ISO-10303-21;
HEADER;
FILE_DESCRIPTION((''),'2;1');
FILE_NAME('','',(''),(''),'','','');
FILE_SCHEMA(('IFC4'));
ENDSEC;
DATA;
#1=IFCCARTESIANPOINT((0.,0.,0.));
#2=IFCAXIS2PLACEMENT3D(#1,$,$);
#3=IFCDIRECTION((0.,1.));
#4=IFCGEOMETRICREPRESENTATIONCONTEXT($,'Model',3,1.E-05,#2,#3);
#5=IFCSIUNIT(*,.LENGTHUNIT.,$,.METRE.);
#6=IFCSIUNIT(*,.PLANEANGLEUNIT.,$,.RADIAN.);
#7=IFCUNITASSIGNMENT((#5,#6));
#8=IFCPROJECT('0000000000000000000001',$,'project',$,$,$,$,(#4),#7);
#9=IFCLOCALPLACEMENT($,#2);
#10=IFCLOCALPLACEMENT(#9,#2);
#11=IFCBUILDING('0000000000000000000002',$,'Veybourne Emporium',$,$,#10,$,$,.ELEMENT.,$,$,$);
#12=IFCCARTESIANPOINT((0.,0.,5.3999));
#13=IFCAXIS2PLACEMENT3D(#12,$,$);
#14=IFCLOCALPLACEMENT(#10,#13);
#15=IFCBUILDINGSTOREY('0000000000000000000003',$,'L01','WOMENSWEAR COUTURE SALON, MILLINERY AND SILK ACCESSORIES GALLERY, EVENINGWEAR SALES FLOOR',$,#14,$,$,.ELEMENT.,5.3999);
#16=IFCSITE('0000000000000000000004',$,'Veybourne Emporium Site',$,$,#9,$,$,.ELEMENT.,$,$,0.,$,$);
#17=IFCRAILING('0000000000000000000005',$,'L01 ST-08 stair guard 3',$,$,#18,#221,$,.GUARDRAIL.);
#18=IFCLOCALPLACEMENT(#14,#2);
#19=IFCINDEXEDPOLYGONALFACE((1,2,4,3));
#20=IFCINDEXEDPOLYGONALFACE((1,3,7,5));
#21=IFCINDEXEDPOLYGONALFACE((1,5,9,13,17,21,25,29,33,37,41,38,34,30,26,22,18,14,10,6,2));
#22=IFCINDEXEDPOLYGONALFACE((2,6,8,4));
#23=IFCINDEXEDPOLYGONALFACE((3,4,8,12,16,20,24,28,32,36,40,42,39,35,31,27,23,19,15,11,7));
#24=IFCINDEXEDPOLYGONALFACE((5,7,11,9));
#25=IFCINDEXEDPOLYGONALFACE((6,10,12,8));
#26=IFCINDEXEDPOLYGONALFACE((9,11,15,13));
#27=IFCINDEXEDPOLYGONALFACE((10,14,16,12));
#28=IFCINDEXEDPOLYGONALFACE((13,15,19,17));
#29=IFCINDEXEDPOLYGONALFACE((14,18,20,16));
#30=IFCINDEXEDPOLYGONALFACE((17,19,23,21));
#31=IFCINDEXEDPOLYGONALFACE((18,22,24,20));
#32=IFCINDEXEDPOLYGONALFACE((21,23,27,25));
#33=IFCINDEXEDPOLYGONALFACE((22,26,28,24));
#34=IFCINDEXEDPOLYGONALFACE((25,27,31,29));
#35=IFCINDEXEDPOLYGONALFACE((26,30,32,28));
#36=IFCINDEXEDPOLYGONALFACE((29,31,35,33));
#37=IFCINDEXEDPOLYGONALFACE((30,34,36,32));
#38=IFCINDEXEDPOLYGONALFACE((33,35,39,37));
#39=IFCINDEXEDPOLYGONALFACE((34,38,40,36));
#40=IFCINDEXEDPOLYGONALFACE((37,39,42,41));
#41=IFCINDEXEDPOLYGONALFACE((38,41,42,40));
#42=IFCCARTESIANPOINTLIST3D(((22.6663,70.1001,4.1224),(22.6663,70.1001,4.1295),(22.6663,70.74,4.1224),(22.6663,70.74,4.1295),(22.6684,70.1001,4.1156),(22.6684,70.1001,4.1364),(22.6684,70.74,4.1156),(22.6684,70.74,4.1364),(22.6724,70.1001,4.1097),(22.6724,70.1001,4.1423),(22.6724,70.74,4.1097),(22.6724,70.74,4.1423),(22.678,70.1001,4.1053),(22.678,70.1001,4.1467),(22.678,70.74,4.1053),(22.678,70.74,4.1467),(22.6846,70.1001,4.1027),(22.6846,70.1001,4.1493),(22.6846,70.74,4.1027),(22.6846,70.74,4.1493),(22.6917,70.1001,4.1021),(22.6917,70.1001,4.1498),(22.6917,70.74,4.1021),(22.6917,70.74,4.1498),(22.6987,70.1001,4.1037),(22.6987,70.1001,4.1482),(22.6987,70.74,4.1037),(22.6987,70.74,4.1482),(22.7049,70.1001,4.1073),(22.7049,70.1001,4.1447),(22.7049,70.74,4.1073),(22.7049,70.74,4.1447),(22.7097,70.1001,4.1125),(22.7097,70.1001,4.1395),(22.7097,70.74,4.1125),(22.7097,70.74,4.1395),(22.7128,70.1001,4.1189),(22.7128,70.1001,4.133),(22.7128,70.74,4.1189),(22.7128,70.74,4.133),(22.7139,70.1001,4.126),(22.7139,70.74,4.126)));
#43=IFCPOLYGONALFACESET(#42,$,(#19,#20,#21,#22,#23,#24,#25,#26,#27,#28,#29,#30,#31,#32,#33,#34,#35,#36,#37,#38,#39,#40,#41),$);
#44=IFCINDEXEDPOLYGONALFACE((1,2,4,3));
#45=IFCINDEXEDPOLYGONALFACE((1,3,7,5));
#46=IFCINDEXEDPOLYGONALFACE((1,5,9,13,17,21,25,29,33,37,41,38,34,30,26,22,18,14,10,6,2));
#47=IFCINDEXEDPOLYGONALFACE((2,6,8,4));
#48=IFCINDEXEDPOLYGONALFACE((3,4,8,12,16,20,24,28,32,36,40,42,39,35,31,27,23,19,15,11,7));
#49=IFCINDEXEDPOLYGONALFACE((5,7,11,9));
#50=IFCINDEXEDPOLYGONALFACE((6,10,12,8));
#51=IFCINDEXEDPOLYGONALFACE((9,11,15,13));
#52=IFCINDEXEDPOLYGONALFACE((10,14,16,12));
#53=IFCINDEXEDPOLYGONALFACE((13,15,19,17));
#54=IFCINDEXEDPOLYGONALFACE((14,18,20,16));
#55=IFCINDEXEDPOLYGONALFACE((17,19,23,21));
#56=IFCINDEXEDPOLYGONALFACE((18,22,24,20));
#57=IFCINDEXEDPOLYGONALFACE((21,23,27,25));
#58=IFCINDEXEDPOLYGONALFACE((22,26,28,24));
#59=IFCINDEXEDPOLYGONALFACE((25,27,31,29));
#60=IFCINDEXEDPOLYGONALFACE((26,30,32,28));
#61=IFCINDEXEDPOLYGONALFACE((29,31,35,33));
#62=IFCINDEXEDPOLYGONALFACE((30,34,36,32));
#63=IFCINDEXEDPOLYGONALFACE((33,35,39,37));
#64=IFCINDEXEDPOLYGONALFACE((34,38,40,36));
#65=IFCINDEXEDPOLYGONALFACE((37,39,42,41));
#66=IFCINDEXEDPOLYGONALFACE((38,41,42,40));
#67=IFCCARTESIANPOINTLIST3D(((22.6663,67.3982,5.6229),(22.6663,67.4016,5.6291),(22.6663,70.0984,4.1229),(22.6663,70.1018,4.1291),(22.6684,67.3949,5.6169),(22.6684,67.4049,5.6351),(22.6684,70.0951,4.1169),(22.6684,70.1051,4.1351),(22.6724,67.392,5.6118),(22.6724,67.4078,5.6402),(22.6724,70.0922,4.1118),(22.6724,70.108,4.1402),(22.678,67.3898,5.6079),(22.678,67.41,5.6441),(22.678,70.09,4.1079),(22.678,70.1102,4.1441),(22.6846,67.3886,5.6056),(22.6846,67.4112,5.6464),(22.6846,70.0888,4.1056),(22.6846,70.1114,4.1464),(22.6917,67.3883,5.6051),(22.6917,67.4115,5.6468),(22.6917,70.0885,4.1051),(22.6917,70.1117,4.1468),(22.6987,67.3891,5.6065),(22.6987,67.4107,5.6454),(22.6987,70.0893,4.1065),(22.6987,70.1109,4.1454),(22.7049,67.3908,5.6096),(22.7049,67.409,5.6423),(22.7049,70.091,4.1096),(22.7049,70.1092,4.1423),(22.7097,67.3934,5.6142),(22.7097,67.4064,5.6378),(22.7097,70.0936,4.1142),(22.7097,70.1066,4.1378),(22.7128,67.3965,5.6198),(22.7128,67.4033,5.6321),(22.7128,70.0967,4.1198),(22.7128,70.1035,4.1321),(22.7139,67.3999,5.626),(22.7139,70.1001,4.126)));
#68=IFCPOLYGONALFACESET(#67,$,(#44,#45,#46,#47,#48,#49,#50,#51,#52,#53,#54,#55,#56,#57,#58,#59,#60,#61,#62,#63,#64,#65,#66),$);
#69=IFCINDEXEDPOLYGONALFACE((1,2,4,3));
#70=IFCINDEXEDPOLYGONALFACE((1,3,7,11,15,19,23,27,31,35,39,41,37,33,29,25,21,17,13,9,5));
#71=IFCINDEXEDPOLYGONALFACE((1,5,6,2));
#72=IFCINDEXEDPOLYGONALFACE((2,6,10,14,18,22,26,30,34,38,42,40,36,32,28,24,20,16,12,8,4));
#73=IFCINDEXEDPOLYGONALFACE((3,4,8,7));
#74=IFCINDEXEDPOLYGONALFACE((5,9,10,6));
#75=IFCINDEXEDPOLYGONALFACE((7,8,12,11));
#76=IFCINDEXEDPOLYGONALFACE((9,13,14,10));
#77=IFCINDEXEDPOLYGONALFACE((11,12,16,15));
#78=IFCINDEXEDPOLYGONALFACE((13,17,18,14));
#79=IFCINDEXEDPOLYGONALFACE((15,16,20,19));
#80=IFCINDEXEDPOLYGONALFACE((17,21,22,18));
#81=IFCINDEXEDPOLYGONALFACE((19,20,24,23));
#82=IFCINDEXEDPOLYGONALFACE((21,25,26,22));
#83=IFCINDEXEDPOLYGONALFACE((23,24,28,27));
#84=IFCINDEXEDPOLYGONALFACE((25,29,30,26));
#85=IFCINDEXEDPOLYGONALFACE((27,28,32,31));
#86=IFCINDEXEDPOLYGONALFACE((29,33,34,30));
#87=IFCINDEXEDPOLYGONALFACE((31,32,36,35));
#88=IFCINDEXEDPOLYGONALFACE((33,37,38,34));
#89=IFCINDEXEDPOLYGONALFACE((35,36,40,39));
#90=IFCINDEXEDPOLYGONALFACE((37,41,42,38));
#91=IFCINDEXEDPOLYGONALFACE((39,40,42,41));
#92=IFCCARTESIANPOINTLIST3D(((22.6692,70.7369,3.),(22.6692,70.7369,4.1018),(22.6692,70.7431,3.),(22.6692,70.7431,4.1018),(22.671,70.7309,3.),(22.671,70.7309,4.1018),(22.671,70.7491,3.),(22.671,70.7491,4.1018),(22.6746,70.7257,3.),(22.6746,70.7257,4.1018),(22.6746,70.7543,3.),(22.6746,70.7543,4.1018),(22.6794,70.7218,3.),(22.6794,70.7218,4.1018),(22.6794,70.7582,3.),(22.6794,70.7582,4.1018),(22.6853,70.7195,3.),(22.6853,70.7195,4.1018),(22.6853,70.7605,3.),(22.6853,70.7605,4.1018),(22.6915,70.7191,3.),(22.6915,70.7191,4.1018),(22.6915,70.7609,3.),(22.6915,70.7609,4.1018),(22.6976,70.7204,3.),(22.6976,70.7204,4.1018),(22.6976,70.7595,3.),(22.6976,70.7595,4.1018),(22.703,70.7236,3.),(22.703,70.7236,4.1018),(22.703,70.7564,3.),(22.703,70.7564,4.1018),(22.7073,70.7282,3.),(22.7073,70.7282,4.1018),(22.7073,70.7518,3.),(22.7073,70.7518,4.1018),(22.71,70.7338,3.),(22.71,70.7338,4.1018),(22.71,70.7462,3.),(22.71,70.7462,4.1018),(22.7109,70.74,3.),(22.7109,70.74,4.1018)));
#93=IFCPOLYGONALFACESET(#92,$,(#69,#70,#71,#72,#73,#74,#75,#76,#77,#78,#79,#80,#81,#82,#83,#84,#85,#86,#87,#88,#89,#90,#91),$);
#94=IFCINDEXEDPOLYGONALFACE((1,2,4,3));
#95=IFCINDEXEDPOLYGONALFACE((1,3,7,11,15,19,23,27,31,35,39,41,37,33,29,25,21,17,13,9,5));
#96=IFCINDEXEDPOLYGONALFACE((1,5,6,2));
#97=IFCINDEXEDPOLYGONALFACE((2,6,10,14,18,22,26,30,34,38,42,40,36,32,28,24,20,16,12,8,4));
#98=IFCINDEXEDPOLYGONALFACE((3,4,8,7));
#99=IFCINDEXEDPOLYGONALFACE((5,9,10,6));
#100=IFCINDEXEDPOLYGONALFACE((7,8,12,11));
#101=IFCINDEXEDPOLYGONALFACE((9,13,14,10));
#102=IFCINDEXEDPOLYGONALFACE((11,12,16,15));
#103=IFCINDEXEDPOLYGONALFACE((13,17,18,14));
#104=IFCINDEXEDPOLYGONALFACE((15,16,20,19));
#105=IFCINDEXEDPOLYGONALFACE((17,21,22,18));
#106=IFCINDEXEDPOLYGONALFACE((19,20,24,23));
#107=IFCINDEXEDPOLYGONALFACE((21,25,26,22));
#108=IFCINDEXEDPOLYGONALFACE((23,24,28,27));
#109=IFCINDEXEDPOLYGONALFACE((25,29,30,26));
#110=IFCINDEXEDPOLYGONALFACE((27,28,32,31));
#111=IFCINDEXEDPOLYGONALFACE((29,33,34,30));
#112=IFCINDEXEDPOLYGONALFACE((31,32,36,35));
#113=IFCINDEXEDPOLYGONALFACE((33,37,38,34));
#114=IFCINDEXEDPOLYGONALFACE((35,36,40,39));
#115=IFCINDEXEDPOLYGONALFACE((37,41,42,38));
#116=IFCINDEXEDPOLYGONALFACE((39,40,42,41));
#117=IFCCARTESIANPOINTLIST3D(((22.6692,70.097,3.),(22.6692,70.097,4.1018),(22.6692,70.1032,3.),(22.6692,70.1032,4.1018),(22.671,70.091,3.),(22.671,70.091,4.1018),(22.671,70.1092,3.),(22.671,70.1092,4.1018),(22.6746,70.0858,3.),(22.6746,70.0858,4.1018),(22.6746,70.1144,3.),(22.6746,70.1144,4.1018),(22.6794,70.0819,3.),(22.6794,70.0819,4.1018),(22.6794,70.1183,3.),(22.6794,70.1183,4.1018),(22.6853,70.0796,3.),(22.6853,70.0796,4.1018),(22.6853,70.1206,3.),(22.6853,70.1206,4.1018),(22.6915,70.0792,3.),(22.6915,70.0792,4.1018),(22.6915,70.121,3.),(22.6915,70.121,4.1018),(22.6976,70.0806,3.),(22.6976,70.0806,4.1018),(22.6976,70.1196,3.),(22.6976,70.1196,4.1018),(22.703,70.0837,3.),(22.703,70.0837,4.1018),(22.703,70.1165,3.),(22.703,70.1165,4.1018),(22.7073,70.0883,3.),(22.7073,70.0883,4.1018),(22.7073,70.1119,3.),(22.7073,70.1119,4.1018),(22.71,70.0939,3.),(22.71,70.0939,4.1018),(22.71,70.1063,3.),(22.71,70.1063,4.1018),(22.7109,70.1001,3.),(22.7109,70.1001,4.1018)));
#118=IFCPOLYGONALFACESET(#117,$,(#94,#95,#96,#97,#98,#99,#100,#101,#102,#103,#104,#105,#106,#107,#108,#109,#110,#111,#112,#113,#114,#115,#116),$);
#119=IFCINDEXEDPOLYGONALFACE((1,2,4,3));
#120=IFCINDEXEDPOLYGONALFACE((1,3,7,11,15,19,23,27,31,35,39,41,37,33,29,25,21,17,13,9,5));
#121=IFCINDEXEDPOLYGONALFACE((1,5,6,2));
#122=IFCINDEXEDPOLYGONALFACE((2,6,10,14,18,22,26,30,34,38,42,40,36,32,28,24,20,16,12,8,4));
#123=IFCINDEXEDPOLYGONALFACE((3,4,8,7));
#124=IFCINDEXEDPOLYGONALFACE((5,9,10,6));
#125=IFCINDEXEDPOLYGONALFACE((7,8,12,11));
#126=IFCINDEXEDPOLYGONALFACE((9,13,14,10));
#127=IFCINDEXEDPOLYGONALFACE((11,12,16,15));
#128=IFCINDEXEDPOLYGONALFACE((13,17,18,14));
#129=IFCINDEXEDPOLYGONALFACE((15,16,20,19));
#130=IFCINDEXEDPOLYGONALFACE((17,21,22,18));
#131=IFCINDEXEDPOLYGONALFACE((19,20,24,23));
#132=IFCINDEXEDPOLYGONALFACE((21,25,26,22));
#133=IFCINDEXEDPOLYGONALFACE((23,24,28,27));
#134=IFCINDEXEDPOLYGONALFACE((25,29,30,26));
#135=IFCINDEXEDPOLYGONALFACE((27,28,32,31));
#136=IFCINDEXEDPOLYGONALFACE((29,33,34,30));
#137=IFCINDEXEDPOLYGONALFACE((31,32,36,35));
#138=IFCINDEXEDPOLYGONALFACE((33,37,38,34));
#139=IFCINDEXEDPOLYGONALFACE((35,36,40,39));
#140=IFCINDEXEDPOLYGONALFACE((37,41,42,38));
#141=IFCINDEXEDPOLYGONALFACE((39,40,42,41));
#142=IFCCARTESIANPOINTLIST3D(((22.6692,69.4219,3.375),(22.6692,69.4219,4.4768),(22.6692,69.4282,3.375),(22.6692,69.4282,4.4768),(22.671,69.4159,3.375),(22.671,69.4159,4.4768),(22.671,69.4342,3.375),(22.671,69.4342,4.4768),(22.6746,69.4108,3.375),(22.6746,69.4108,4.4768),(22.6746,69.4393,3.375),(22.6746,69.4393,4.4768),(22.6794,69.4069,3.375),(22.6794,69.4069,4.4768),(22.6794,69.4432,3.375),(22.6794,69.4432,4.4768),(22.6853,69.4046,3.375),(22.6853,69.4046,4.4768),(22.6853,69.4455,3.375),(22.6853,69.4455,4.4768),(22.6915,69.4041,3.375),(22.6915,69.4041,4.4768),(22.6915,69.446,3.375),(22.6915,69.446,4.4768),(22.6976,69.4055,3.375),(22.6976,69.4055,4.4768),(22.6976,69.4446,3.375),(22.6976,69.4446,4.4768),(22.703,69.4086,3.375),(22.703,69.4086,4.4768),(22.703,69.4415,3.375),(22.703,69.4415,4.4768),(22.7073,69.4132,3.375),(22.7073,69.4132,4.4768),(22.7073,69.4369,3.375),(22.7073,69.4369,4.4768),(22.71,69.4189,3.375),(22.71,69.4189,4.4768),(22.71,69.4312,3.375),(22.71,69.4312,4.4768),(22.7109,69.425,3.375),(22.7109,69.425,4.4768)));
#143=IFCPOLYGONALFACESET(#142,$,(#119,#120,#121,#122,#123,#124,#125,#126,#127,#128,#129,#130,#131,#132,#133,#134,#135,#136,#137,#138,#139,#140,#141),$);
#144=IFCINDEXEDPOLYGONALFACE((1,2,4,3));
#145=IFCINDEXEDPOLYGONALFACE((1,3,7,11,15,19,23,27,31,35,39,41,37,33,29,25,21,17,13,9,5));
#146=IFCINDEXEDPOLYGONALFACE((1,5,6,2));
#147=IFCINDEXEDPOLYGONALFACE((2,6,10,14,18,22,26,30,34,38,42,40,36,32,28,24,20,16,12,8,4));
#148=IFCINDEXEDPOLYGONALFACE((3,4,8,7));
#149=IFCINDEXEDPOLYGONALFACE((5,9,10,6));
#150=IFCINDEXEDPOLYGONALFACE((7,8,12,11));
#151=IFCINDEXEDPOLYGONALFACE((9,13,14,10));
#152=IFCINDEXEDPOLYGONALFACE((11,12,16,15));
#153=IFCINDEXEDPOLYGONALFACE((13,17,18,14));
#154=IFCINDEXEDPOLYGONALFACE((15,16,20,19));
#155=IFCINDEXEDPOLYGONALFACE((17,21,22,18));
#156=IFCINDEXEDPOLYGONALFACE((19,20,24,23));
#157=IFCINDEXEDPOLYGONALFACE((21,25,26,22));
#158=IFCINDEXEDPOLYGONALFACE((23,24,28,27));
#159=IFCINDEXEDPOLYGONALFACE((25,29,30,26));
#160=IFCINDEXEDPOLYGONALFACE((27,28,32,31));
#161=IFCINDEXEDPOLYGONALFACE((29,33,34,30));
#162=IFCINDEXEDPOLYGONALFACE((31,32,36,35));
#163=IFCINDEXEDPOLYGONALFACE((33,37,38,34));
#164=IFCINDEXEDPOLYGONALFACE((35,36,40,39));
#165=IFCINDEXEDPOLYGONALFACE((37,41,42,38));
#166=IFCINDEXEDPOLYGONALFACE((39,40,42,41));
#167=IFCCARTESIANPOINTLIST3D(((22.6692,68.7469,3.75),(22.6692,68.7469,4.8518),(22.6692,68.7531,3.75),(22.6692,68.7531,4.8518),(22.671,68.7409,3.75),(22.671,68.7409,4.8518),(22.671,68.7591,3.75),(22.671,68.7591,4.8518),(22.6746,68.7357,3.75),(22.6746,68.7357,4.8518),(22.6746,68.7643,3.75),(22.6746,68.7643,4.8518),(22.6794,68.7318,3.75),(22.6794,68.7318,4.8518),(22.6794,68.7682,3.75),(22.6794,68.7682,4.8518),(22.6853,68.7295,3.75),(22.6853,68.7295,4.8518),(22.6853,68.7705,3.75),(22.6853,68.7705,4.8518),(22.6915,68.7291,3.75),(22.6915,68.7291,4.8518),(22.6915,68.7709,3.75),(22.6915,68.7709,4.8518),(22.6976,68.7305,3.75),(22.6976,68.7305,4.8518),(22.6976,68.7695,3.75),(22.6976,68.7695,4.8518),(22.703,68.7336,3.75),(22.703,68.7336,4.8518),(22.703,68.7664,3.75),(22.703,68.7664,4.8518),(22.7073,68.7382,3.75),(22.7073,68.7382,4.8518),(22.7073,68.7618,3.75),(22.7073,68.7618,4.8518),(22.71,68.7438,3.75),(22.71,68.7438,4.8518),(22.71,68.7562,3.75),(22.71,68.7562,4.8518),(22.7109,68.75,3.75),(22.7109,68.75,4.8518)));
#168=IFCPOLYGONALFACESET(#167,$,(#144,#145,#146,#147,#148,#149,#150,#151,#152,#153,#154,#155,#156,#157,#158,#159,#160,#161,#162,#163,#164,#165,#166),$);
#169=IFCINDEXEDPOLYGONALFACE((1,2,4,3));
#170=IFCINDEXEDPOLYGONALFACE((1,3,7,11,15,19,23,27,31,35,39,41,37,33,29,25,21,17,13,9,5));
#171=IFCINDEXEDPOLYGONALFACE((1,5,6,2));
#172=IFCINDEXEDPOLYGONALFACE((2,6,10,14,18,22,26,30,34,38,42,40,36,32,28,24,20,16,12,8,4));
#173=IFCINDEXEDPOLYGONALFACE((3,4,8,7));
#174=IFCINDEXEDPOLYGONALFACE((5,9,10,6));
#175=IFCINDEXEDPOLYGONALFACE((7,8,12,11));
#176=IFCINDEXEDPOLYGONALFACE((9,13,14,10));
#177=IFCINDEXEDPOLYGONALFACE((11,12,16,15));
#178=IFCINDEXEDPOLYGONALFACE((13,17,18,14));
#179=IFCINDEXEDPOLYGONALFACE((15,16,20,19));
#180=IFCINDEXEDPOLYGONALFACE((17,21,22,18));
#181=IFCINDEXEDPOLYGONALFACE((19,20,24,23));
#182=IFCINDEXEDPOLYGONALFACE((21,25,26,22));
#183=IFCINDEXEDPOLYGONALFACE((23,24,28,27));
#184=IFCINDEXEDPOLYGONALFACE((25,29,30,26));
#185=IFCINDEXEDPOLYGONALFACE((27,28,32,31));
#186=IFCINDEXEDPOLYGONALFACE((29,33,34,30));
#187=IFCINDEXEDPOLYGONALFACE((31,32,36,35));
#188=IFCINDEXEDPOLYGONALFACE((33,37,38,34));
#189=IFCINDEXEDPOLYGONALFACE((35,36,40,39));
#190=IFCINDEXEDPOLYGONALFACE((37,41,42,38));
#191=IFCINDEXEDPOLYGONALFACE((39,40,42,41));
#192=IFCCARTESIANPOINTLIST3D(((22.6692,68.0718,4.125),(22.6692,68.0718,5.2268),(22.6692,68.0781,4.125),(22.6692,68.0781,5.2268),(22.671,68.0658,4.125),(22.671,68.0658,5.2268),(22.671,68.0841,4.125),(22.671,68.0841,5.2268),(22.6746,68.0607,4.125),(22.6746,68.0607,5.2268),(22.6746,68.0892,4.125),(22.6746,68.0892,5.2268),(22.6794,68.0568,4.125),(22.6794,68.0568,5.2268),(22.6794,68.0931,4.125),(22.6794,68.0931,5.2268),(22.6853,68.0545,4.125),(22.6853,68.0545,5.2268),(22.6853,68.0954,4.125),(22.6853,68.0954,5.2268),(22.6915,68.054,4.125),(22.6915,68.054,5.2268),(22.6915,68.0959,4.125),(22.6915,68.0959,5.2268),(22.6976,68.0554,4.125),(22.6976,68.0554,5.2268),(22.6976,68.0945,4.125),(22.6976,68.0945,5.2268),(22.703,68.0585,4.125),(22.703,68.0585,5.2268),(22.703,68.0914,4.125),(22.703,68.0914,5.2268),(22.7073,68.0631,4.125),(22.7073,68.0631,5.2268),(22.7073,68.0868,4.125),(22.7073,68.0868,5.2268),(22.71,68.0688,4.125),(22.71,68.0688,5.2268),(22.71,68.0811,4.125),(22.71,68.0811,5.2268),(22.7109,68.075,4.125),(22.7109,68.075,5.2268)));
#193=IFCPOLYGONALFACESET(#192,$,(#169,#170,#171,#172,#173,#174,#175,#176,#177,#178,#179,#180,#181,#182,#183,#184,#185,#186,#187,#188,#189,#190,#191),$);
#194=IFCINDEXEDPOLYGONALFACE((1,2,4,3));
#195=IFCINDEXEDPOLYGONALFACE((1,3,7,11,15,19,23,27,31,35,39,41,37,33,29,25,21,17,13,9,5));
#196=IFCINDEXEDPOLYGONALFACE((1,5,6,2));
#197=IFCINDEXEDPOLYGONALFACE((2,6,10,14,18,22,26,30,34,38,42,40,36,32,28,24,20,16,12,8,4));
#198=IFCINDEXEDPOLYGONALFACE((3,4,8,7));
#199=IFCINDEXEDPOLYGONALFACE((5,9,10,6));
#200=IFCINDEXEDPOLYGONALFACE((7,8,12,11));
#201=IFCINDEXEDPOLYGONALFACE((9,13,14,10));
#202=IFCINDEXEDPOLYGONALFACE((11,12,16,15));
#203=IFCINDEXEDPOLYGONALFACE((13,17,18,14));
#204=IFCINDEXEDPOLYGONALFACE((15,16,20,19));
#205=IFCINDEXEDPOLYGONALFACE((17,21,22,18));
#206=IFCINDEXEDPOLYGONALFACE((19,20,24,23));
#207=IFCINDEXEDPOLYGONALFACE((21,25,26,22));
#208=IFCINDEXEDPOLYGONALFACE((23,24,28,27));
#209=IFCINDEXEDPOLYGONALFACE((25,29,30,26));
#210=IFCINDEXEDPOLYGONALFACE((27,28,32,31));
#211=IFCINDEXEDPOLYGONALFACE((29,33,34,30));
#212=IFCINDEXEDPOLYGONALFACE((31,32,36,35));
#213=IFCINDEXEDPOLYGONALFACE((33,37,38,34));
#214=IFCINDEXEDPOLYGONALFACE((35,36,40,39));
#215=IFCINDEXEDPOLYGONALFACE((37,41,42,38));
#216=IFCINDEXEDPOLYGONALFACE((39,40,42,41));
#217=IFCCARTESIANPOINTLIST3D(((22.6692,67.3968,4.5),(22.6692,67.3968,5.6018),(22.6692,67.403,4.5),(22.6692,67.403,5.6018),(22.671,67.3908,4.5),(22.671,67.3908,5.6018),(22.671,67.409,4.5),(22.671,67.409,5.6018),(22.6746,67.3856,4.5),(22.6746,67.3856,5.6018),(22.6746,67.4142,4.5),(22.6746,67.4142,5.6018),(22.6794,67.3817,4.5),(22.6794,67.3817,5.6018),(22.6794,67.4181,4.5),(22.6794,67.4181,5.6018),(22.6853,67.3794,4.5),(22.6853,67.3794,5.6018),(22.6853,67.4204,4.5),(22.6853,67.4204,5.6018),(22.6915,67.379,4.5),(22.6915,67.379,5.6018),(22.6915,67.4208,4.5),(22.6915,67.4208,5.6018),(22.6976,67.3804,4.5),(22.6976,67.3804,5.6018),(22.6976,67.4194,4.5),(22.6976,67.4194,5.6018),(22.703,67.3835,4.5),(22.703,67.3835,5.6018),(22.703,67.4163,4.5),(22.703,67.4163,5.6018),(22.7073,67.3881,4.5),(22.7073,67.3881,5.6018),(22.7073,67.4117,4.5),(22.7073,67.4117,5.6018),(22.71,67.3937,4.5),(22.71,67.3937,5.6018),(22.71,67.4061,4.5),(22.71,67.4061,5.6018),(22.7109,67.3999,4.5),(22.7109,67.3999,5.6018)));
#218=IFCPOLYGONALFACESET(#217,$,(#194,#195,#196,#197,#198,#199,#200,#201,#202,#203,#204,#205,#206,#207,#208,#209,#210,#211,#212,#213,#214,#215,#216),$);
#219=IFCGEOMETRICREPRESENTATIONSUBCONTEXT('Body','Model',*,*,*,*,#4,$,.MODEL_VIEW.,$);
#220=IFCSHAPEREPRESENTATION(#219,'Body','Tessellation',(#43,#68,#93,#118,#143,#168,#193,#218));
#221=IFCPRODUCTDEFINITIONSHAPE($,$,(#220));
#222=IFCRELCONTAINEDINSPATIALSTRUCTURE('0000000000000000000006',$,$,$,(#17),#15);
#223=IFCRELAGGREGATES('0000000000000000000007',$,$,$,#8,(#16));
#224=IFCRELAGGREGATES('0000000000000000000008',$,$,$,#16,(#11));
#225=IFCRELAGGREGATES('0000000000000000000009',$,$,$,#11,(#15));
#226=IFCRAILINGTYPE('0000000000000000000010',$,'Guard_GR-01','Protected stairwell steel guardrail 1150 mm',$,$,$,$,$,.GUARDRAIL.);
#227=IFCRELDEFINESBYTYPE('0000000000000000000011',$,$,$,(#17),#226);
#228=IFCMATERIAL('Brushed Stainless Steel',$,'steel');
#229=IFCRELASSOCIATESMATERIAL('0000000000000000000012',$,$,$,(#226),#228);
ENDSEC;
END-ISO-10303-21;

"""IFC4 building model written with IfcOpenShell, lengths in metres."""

from ifc_helpers import new_model, si_unit, direction, frame, origin, origin_2d, place, context, subcontext, project, spatial, circle, extrude, material, type_object, element, save


model = new_model("IFC4")

# Units and contexts
model_context = context("Model", 3, precision=1e-05, world=origin(), true_north=direction((0.0, 1.0)))
body_context = subcontext(model_context, "Body", "Model", "MODEL_VIEW")
ifc_project = project(units=[si_unit("LENGTHUNIT", "METRE"), si_unit("PLANEANGLEUNIT", "RADIAN")], contexts=[model_context])

# Site, building, storey
site_placement = place(None, origin())
site = spatial("IfcSite", under=ifc_project, at=site_placement, Name="Veybourne Emporium Site", CompositionType="ELEMENT", RefElevation=0.0)
building_placement = place(site_placement, origin())
building = spatial("IfcBuilding", under=site, at=building_placement, Name="Veybourne Emporium", CompositionType="ELEMENT")
storey_placement = place(building_placement, frame((0.0, 0.0, 5.3999)))
storey = spatial("IfcBuildingStorey", under=building, at=storey_placement, Name="L01", Description="WOMENSWEAR COUTURE SALON, MILLINERY AND SILK ACCESSORIES GALLERY, EVENINGWEAR SALES FLOOR", CompositionType="ELEMENT", Elevation=5.3999)

# Railing
ifc_material_1 = material(Name="Brushed Stainless Steel", Category="steel")
railing_type_1 = type_object("IfcRailingType", Name="Guard_GR-01", Description="Protected stairwell steel guardrail 1150 mm", PredefinedType="GUARDRAIL", material=ifc_material_1)
railing_1_placement = place(storey_placement, frame((22.6899, 70.74, 3.0)))
element("IfcRailing", 1, at=railing_1_placement, inside=storey, type_object=railing_type_1, Name="L01 ST-08 stair guard 3", PredefinedType="GUARDRAIL", context=body_context, shape_type="SweptSolid", body=[
    extrude(circle(Radius=0.0239, at=origin_2d()), frame((0.0, 0.0, 1.126), z_axis=(0.0, -1.0, 0.0), x_axis=(1.0, 0.0, 0.0)), (0.0, 0.0, 1.0), 0.6399),
    extrude(circle(Radius=0.0239, at=origin_2d()), frame((0.0, -0.6399, 1.126), z_axis=(0.0, -0.874172, 0.485616), x_axis=(1.0, 0.0, 0.0)), (0.0, 0.0, 1.0), 3.0889),
    extrude(circle(Radius=0.021, at=origin_2d()), origin(), (0.0, 0.0, 1.0), 1.1018),
    extrude(circle(Radius=0.021, at=origin_2d()), frame((0.0, -0.6399, 0.0)), (0.0, 0.0, 1.0), 1.1018),
    extrude(circle(Radius=0.021, at=origin_2d()), frame((0.0, -1.3149, 0.375)), (0.0, 0.0, 1.0), 1.1018),
    extrude(circle(Radius=0.021, at=origin_2d()), frame((0.0, -1.99, 0.75)), (0.0, 0.0, 1.0), 1.1018),
    extrude(circle(Radius=0.021, at=origin_2d()), frame((0.0, -2.665, 1.125)), (0.0, 0.0, 1.0), 1.1018),
    extrude(circle(Radius=0.021, at=origin_2d()), frame((0.0, -3.3401, 1.5)), (0.0, 0.0, 1.0), 1.1018),
])

save(model, "model.ifc")
